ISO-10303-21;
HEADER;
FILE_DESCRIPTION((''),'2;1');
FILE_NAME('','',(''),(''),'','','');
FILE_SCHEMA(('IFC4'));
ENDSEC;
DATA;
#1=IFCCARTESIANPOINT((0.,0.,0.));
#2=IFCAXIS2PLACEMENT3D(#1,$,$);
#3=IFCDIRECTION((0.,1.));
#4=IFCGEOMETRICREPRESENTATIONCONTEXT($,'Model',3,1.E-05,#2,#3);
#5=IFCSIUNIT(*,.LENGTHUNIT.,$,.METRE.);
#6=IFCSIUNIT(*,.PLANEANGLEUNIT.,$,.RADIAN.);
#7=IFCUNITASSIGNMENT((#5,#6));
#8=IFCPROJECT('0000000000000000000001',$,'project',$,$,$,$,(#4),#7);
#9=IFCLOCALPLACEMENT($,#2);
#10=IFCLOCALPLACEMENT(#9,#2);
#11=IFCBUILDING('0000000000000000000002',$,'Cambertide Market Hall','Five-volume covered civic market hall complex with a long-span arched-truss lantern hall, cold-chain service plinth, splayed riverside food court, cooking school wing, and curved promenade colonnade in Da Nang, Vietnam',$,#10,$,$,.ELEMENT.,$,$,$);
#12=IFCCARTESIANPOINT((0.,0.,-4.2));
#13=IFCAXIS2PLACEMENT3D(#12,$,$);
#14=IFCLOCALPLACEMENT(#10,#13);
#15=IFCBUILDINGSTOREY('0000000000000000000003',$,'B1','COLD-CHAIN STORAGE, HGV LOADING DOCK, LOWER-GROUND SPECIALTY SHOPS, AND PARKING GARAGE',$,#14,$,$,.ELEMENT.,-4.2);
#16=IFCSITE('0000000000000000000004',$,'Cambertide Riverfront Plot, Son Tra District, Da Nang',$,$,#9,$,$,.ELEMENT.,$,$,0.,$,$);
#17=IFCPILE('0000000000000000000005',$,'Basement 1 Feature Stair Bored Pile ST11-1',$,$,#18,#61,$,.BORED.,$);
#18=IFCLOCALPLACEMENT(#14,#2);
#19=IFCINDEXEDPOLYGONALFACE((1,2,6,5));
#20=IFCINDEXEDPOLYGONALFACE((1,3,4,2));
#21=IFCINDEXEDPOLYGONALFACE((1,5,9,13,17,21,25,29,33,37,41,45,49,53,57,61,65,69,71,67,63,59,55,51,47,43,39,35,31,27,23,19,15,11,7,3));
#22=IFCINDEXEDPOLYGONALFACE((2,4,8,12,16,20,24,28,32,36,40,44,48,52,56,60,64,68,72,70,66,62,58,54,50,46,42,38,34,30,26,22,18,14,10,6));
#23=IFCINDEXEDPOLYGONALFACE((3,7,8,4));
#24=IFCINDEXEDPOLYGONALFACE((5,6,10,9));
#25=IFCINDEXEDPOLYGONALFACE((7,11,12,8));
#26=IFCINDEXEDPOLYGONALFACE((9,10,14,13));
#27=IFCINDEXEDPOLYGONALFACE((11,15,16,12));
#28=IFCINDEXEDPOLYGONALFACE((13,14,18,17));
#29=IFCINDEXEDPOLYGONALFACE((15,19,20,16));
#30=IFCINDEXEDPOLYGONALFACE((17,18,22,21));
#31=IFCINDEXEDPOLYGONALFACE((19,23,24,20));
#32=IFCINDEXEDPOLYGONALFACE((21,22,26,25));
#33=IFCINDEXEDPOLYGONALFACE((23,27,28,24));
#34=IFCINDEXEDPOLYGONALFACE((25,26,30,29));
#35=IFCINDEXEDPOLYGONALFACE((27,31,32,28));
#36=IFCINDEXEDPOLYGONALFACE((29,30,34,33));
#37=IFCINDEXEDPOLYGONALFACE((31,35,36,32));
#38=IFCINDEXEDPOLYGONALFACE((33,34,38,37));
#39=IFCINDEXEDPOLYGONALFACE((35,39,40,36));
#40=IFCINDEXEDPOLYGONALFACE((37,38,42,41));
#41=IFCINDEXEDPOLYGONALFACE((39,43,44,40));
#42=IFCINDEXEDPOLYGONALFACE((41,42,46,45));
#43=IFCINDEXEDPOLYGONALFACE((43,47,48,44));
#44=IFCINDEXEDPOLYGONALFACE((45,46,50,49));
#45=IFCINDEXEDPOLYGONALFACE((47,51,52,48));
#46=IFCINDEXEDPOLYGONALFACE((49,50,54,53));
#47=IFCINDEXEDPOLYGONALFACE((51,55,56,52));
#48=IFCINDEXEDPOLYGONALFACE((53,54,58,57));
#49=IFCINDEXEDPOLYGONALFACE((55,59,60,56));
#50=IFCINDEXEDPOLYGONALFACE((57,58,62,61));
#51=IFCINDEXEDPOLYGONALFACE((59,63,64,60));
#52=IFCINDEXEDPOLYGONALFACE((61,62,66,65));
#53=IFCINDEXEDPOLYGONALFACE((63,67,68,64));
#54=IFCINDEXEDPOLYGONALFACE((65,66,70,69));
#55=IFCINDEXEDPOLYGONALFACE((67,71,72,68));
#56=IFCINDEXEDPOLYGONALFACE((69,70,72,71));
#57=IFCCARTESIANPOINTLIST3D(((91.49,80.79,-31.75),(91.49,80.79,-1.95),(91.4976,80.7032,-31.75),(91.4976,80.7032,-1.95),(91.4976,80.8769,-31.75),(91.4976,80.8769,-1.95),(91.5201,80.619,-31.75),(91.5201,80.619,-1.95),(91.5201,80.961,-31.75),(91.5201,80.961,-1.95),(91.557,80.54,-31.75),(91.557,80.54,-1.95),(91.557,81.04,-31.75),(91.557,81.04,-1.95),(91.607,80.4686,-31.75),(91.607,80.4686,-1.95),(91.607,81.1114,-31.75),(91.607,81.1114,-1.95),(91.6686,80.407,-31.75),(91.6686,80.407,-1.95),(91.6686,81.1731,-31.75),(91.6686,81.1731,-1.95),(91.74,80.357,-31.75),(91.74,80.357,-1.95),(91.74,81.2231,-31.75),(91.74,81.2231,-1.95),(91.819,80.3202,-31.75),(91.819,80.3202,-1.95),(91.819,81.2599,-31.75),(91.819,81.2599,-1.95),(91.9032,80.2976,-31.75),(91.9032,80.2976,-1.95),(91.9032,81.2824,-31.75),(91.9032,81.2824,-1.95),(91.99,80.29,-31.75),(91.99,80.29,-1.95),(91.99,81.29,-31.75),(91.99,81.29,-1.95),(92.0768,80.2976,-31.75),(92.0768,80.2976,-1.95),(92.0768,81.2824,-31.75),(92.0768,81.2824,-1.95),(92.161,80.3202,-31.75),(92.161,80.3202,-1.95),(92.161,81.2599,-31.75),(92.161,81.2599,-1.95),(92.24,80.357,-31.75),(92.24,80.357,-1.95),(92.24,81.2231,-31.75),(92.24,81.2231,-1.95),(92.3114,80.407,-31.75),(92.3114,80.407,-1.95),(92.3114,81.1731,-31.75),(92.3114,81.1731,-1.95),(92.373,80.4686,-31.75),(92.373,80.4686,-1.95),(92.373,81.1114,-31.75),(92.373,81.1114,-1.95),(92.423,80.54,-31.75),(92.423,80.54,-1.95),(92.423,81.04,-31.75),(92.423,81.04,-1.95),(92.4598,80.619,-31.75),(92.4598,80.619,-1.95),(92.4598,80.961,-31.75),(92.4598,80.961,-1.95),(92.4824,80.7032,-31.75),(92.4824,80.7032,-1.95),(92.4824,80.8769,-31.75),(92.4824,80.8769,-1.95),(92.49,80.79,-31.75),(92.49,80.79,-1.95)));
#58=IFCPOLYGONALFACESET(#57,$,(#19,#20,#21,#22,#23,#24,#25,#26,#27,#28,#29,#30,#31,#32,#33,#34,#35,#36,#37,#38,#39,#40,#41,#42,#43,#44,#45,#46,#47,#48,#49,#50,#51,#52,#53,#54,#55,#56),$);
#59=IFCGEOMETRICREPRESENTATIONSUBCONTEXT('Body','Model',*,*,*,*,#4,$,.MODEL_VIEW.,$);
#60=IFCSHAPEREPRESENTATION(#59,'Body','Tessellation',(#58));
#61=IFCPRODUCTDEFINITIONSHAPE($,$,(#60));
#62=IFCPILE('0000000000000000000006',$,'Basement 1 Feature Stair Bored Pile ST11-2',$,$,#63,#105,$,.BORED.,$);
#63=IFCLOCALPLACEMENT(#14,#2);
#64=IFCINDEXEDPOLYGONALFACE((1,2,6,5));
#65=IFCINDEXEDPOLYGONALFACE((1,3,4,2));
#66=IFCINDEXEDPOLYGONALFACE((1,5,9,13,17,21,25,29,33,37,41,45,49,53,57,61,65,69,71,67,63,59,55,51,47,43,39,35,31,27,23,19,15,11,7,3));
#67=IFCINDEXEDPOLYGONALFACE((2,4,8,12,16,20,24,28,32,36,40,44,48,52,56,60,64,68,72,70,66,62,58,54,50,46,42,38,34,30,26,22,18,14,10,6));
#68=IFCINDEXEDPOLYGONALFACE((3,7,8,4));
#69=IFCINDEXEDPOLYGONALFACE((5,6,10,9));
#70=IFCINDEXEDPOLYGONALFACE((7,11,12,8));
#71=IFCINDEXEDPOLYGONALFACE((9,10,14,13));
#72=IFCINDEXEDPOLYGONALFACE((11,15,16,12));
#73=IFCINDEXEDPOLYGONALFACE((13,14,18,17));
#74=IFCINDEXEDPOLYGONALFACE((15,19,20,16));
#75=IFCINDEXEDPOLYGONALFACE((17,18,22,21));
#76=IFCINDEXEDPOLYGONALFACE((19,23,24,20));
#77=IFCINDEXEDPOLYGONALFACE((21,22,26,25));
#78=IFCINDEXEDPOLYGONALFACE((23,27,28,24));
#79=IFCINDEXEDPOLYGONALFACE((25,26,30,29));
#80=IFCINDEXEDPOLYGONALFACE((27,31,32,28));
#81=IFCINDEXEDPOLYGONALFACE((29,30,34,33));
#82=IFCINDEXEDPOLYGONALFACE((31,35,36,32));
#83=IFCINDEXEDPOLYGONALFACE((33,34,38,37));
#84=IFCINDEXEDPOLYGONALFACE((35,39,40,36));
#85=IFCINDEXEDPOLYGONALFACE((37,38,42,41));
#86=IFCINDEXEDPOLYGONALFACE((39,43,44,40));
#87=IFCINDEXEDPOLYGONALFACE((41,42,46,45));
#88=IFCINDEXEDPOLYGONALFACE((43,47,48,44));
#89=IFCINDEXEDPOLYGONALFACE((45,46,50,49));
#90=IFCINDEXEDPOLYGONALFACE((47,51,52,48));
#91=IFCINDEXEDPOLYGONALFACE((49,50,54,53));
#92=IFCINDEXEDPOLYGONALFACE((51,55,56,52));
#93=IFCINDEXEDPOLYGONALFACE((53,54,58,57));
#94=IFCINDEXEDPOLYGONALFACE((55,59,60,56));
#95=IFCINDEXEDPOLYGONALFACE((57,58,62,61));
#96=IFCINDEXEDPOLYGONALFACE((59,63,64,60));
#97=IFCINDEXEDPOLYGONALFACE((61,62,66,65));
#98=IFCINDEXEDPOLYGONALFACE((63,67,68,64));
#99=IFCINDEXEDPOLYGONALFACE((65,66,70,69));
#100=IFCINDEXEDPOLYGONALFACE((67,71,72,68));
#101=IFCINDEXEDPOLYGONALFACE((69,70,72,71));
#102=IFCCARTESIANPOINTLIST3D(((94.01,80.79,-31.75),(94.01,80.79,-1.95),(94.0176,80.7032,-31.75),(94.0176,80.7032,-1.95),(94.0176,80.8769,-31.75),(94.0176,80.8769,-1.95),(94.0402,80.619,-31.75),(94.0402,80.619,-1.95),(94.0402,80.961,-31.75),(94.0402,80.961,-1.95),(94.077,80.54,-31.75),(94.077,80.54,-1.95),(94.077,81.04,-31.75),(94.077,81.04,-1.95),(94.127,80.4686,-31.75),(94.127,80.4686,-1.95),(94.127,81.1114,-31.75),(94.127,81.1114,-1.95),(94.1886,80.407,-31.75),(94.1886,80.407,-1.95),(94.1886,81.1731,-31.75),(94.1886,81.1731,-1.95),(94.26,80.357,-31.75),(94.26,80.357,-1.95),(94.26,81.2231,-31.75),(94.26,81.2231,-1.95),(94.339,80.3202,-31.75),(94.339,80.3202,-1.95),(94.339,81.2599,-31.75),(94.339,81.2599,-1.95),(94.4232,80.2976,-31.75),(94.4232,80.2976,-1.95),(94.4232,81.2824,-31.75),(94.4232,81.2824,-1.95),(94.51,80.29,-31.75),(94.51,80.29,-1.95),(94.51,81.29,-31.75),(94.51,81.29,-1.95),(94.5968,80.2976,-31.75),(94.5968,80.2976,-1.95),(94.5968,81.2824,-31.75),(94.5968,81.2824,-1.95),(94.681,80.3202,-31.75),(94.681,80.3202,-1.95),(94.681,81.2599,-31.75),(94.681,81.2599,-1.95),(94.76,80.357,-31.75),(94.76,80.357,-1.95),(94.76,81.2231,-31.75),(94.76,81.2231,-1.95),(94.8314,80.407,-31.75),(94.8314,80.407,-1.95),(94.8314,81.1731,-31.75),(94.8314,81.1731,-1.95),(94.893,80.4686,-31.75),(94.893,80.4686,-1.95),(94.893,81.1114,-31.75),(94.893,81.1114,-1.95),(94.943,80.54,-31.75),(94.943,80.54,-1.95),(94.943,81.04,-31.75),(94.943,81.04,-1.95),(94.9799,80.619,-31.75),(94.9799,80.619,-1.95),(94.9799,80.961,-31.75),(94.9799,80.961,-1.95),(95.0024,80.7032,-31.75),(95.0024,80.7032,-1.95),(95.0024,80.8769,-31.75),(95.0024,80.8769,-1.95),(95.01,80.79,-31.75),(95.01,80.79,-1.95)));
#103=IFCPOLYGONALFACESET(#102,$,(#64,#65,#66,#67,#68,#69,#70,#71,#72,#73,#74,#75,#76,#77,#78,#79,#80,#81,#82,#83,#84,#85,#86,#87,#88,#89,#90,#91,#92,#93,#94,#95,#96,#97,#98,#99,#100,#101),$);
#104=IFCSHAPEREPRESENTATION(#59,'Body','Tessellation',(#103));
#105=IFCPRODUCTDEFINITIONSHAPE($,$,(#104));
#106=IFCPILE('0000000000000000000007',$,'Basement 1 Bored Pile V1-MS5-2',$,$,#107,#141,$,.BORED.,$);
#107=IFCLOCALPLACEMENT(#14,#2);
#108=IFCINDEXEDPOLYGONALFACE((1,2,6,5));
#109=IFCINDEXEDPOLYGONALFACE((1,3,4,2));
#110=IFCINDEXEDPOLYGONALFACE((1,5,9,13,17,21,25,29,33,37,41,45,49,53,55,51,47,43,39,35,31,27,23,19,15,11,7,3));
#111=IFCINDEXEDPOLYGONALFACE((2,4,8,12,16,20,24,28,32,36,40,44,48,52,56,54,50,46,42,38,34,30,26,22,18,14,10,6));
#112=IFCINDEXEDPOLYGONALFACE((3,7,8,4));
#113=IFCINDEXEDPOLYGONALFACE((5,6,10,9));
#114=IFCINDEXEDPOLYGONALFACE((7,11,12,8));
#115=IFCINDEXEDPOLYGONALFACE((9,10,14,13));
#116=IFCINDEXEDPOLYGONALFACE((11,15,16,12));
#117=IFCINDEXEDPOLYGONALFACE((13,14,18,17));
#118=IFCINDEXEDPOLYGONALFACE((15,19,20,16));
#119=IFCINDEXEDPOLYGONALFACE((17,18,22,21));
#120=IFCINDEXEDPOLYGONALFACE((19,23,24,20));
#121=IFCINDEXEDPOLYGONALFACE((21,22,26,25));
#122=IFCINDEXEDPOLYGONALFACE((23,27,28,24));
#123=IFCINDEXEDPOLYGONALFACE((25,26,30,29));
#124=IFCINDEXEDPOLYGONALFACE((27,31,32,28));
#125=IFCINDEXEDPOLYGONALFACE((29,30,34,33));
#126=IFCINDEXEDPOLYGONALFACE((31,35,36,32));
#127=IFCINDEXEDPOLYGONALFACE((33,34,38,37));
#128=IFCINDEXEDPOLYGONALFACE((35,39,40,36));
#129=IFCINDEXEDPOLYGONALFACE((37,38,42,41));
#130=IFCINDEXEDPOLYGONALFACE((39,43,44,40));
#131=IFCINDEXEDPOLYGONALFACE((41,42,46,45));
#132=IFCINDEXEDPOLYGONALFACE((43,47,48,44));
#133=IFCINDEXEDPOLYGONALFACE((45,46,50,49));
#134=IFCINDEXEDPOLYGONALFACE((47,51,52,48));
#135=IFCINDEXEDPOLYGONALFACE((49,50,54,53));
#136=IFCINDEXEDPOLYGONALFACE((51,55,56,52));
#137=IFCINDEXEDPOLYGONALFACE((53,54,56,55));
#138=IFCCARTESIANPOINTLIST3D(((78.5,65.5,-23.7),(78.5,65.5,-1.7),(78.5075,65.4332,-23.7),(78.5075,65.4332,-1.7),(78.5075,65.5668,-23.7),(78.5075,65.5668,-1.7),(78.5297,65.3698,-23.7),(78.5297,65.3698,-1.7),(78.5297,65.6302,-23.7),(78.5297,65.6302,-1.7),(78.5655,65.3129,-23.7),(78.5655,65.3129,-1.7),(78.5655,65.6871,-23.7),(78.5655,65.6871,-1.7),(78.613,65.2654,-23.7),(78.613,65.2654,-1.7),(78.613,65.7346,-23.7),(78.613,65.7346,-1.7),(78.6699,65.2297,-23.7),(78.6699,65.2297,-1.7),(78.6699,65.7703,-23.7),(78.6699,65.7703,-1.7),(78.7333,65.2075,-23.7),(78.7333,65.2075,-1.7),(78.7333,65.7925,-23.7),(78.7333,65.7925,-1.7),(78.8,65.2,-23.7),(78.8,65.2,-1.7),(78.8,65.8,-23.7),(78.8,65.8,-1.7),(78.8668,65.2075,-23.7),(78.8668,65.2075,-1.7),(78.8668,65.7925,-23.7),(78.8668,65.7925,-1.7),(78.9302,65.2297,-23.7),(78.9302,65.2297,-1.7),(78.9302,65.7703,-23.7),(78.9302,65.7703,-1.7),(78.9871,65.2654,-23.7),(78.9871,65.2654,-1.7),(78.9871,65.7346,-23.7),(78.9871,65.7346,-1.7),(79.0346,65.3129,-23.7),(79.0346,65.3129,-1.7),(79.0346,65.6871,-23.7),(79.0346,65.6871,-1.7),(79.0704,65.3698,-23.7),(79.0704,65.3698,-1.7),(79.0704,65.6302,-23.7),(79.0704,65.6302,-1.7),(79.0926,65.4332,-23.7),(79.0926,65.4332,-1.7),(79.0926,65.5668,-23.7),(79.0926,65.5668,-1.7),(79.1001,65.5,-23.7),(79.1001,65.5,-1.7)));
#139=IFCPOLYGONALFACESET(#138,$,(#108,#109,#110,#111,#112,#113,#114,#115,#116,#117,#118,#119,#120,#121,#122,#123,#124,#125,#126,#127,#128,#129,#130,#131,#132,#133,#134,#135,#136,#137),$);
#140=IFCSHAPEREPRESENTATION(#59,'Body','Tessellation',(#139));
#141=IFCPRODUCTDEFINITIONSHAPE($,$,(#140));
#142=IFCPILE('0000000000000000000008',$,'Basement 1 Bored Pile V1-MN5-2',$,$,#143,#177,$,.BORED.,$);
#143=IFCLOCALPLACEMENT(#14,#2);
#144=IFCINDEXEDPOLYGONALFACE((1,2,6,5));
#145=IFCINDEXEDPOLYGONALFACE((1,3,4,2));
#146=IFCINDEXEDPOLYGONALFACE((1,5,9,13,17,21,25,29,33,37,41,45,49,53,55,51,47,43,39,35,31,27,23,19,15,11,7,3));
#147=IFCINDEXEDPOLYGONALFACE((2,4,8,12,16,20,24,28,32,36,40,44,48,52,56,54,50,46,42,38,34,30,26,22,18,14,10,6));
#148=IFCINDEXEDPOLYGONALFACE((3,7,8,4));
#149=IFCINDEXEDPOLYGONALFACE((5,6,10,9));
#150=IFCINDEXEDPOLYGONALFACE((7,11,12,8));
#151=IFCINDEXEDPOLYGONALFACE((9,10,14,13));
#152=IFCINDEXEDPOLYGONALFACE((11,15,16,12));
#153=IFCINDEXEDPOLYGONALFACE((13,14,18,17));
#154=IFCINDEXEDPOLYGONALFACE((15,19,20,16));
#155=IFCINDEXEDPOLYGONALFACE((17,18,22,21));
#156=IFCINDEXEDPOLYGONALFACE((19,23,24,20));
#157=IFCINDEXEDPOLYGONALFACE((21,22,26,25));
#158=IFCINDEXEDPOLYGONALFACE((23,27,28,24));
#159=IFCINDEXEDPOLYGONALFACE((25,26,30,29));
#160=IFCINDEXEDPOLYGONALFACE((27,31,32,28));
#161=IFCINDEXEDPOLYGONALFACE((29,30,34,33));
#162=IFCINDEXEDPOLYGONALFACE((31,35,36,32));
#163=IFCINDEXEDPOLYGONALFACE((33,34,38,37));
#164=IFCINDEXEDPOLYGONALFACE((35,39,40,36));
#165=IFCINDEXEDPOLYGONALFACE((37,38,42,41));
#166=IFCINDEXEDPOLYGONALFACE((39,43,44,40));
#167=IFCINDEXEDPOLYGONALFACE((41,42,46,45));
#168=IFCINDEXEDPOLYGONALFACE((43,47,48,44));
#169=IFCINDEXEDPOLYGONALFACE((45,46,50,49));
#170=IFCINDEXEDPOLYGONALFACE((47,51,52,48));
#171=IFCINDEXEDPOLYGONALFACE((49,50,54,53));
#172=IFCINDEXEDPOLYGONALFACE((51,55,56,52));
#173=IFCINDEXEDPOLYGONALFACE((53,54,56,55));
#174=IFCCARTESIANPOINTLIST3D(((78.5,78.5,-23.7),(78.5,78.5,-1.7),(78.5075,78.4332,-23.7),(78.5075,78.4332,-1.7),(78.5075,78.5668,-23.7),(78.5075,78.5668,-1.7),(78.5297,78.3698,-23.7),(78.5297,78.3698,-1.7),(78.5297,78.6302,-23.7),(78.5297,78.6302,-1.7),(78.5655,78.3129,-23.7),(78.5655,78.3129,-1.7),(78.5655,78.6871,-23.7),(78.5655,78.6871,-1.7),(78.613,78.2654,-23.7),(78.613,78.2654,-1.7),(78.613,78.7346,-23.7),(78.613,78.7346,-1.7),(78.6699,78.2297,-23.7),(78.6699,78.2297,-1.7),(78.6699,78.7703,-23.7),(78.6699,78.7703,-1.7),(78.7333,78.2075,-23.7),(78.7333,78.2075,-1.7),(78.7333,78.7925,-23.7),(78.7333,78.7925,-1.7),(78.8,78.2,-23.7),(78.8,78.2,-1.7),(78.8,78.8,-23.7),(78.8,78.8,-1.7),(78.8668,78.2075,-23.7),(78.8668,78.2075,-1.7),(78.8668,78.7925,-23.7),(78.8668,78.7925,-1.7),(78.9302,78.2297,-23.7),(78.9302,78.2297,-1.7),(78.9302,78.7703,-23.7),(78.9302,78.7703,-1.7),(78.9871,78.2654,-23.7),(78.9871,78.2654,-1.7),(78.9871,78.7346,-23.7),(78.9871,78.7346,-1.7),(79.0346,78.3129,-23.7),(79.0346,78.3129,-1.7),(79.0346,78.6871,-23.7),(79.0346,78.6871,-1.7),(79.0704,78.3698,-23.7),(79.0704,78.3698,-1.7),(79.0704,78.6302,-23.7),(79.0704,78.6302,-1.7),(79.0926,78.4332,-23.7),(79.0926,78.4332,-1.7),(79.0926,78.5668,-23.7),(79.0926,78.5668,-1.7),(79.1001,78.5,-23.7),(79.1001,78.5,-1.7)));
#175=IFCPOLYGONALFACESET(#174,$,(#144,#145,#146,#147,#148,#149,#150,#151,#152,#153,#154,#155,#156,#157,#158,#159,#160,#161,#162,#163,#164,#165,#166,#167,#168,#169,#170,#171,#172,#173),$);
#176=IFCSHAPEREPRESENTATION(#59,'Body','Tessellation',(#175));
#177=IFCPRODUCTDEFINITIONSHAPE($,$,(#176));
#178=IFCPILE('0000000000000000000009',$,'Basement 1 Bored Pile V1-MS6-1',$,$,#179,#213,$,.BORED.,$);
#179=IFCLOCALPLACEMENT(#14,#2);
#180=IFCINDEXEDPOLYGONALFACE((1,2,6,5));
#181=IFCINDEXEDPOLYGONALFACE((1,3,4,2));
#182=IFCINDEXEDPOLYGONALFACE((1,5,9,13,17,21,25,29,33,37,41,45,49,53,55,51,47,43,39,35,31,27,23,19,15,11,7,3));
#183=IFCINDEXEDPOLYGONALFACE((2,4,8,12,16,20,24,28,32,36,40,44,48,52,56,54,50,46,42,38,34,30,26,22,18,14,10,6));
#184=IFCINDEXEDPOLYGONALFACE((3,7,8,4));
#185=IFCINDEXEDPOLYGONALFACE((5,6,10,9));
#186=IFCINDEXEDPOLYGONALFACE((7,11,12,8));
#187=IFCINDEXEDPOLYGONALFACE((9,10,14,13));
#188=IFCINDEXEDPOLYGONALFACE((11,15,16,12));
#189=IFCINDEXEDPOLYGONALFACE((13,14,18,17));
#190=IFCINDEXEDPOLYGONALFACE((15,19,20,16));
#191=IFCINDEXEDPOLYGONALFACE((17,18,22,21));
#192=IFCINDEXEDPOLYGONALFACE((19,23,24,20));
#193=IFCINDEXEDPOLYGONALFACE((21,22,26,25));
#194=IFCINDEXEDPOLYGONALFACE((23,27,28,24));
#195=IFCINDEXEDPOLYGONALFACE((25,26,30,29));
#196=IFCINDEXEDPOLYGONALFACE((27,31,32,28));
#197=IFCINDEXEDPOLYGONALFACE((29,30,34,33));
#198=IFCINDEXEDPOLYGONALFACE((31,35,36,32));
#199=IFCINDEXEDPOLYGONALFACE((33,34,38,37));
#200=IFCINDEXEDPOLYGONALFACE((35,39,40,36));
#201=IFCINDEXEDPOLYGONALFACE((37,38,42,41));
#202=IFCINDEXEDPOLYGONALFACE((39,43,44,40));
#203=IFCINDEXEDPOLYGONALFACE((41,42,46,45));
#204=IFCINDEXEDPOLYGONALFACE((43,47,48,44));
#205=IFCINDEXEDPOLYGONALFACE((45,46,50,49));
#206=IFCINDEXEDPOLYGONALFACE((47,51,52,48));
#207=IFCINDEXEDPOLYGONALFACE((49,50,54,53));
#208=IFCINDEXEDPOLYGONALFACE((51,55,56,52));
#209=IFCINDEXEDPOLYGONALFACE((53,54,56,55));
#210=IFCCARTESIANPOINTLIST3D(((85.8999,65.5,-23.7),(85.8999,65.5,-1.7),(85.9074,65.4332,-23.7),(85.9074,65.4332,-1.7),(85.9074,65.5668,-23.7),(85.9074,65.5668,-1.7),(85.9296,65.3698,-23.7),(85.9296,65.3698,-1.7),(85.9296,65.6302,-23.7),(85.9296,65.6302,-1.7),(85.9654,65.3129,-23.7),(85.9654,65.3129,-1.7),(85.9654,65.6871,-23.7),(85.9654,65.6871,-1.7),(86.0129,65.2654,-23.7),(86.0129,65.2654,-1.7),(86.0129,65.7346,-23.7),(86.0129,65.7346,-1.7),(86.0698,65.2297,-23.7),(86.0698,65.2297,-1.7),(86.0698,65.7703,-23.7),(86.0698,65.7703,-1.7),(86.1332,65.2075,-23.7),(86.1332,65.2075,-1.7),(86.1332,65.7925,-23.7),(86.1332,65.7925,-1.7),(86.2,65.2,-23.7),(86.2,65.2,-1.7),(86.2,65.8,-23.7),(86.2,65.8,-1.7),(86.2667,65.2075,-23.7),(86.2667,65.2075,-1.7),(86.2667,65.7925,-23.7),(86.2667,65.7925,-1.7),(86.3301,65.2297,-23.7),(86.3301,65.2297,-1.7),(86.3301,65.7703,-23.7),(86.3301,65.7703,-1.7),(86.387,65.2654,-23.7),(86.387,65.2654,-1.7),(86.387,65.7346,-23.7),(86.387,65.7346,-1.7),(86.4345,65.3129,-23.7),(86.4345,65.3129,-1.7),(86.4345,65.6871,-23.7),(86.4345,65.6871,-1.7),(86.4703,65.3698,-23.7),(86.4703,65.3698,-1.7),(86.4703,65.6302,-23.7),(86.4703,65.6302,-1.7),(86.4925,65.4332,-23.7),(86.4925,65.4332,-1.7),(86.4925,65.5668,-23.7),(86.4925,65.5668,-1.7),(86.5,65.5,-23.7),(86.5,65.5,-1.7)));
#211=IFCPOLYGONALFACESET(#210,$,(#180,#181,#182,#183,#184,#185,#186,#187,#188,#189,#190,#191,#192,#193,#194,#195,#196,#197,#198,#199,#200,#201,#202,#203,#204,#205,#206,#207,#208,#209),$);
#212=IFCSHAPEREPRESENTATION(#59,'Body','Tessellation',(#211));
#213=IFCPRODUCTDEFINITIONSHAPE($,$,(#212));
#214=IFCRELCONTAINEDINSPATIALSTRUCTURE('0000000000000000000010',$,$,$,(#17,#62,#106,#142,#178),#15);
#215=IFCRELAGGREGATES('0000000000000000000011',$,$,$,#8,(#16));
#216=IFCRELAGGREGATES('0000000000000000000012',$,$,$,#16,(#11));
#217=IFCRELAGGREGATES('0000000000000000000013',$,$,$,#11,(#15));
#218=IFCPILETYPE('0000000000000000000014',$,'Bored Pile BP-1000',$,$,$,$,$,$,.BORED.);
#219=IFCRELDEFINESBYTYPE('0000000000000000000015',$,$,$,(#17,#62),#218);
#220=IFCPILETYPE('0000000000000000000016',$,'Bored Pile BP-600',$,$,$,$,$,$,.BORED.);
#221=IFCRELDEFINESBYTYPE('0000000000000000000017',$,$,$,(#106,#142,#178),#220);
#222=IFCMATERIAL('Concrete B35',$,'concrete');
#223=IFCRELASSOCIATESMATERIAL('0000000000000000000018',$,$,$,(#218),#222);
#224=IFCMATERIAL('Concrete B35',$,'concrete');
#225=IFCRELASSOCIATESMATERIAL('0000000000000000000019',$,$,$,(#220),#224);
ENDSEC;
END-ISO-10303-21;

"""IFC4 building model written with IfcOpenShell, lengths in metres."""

from ifc_helpers import new_model, si_unit, direction, frame, origin, origin_2d, place, context, subcontext, project, spatial, circle, extrude, material, material_profile, profile_set, type_object, element, save


model = new_model("IFC4")

# Units and contexts
model_context = context("Model", 3, precision=1e-05, world=origin(), true_north=direction((0.0, 1.0)))
body_context = subcontext(model_context, "Body", "Model", "MODEL_VIEW")
ifc_project = project(units=[si_unit("LENGTHUNIT", "METRE"), si_unit("PLANEANGLEUNIT", "RADIAN")], contexts=[model_context])

# Site, building, storey
site_placement = place(None, origin())
site = spatial("IfcSite", under=ifc_project, at=site_placement, Name="Cambertide Riverfront Plot, Son Tra District, Da Nang", CompositionType="ELEMENT", RefElevation=0.0)
building_placement = place(site_placement, origin())
building = spatial("IfcBuilding", under=site, at=building_placement, Name="Cambertide Market Hall", Description="Five-volume covered civic market hall complex with a long-span arched-truss lantern hall, cold-chain service plinth, splayed riverside food court, cooking school wing, and curved promenade colonnade in Da Nang, Vietnam", CompositionType="ELEMENT")
storey_placement = place(building_placement, frame((0.0, 0.0, -4.2)))
storey = spatial("IfcBuildingStorey", under=building, at=storey_placement, Name="B1", Description="COLD-CHAIN STORAGE, HGV LOADING DOCK, LOWER-GROUND SPECIALTY SHOPS, AND PARKING GARAGE", CompositionType="ELEMENT", Elevation=-4.2)

# Piles
ifc_material_1 = material(Name="Concrete B35", Category="concrete")
ifc_material_profile_1 = material_profile(ifc_material_1, circle(Radius=0.5, at=origin_2d()), Name="BP D1000")
ifc_profile_set_1 = profile_set([ifc_material_profile_1], Name="Concrete B35")
pile_type_1 = type_object("IfcPileType", Name="Bored Pile BP-1000", PredefinedType="BORED", material=ifc_profile_set_1)
for number, where, z_axis, x_axis, name in (
    (1, (91.99, 80.79, -1.95), (0.0, 0.0, -1.0), (1.0, 0.0, 0.0), "Basement 1 Feature Stair Bored Pile ST11-1"),
    (2, (94.51, 80.79, -1.95), (0.0, 0.0, -1.0), (1.0, 0.0, 0.0), "Basement 1 Feature Stair Bored Pile ST11-2"),
):
    element("IfcPile", number, at=place(storey_placement, frame(where, z_axis=z_axis, x_axis=x_axis)), inside=storey, type_object=pile_type_1, Name=name, PredefinedType="BORED", context=body_context, shape_type="SweptSolid", body=[
        extrude(circle(Radius=0.5, at=origin_2d()), origin(), (0.0, 0.0, 1.0), 29.8),
    ])
ifc_material_2 = material(Name="Concrete B35", Category="concrete")
ifc_material_profile_2 = material_profile(ifc_material_2, circle(Radius=0.3, at=origin_2d()), Name="BP D600")
ifc_profile_set_2 = profile_set([ifc_material_profile_2], Name="Concrete B35")
pile_type_2 = type_object("IfcPileType", Name="Bored Pile BP-600", PredefinedType="BORED", material=ifc_profile_set_2)
for number, where, z_axis, x_axis, name in (
    (3, (78.8, 65.5, -1.7), (0.0, 0.0, -1.0), (1.0, 0.0, 0.0), "Basement 1 Bored Pile V1-MS5-2"),
    (4, (78.8, 78.5, -1.7), (0.0, 0.0, -1.0), (1.0, 0.0, 0.0), "Basement 1 Bored Pile V1-MN5-2"),
    (5, (86.2, 65.5, -1.7), (0.0, 0.0, -1.0), (1.0, 0.0, 0.0), "Basement 1 Bored Pile V1-MS6-1"),
):
    element("IfcPile", number, at=place(storey_placement, frame(where, z_axis=z_axis, x_axis=x_axis)), inside=storey, type_object=pile_type_2, Name=name, PredefinedType="BORED", context=body_context, shape_type="SweptSolid", body=[
        extrude(circle(Radius=0.3, at=origin_2d()), origin(), (0.0, 0.0, 1.0), 22.0),
    ])

save(model, "model.ifc")
